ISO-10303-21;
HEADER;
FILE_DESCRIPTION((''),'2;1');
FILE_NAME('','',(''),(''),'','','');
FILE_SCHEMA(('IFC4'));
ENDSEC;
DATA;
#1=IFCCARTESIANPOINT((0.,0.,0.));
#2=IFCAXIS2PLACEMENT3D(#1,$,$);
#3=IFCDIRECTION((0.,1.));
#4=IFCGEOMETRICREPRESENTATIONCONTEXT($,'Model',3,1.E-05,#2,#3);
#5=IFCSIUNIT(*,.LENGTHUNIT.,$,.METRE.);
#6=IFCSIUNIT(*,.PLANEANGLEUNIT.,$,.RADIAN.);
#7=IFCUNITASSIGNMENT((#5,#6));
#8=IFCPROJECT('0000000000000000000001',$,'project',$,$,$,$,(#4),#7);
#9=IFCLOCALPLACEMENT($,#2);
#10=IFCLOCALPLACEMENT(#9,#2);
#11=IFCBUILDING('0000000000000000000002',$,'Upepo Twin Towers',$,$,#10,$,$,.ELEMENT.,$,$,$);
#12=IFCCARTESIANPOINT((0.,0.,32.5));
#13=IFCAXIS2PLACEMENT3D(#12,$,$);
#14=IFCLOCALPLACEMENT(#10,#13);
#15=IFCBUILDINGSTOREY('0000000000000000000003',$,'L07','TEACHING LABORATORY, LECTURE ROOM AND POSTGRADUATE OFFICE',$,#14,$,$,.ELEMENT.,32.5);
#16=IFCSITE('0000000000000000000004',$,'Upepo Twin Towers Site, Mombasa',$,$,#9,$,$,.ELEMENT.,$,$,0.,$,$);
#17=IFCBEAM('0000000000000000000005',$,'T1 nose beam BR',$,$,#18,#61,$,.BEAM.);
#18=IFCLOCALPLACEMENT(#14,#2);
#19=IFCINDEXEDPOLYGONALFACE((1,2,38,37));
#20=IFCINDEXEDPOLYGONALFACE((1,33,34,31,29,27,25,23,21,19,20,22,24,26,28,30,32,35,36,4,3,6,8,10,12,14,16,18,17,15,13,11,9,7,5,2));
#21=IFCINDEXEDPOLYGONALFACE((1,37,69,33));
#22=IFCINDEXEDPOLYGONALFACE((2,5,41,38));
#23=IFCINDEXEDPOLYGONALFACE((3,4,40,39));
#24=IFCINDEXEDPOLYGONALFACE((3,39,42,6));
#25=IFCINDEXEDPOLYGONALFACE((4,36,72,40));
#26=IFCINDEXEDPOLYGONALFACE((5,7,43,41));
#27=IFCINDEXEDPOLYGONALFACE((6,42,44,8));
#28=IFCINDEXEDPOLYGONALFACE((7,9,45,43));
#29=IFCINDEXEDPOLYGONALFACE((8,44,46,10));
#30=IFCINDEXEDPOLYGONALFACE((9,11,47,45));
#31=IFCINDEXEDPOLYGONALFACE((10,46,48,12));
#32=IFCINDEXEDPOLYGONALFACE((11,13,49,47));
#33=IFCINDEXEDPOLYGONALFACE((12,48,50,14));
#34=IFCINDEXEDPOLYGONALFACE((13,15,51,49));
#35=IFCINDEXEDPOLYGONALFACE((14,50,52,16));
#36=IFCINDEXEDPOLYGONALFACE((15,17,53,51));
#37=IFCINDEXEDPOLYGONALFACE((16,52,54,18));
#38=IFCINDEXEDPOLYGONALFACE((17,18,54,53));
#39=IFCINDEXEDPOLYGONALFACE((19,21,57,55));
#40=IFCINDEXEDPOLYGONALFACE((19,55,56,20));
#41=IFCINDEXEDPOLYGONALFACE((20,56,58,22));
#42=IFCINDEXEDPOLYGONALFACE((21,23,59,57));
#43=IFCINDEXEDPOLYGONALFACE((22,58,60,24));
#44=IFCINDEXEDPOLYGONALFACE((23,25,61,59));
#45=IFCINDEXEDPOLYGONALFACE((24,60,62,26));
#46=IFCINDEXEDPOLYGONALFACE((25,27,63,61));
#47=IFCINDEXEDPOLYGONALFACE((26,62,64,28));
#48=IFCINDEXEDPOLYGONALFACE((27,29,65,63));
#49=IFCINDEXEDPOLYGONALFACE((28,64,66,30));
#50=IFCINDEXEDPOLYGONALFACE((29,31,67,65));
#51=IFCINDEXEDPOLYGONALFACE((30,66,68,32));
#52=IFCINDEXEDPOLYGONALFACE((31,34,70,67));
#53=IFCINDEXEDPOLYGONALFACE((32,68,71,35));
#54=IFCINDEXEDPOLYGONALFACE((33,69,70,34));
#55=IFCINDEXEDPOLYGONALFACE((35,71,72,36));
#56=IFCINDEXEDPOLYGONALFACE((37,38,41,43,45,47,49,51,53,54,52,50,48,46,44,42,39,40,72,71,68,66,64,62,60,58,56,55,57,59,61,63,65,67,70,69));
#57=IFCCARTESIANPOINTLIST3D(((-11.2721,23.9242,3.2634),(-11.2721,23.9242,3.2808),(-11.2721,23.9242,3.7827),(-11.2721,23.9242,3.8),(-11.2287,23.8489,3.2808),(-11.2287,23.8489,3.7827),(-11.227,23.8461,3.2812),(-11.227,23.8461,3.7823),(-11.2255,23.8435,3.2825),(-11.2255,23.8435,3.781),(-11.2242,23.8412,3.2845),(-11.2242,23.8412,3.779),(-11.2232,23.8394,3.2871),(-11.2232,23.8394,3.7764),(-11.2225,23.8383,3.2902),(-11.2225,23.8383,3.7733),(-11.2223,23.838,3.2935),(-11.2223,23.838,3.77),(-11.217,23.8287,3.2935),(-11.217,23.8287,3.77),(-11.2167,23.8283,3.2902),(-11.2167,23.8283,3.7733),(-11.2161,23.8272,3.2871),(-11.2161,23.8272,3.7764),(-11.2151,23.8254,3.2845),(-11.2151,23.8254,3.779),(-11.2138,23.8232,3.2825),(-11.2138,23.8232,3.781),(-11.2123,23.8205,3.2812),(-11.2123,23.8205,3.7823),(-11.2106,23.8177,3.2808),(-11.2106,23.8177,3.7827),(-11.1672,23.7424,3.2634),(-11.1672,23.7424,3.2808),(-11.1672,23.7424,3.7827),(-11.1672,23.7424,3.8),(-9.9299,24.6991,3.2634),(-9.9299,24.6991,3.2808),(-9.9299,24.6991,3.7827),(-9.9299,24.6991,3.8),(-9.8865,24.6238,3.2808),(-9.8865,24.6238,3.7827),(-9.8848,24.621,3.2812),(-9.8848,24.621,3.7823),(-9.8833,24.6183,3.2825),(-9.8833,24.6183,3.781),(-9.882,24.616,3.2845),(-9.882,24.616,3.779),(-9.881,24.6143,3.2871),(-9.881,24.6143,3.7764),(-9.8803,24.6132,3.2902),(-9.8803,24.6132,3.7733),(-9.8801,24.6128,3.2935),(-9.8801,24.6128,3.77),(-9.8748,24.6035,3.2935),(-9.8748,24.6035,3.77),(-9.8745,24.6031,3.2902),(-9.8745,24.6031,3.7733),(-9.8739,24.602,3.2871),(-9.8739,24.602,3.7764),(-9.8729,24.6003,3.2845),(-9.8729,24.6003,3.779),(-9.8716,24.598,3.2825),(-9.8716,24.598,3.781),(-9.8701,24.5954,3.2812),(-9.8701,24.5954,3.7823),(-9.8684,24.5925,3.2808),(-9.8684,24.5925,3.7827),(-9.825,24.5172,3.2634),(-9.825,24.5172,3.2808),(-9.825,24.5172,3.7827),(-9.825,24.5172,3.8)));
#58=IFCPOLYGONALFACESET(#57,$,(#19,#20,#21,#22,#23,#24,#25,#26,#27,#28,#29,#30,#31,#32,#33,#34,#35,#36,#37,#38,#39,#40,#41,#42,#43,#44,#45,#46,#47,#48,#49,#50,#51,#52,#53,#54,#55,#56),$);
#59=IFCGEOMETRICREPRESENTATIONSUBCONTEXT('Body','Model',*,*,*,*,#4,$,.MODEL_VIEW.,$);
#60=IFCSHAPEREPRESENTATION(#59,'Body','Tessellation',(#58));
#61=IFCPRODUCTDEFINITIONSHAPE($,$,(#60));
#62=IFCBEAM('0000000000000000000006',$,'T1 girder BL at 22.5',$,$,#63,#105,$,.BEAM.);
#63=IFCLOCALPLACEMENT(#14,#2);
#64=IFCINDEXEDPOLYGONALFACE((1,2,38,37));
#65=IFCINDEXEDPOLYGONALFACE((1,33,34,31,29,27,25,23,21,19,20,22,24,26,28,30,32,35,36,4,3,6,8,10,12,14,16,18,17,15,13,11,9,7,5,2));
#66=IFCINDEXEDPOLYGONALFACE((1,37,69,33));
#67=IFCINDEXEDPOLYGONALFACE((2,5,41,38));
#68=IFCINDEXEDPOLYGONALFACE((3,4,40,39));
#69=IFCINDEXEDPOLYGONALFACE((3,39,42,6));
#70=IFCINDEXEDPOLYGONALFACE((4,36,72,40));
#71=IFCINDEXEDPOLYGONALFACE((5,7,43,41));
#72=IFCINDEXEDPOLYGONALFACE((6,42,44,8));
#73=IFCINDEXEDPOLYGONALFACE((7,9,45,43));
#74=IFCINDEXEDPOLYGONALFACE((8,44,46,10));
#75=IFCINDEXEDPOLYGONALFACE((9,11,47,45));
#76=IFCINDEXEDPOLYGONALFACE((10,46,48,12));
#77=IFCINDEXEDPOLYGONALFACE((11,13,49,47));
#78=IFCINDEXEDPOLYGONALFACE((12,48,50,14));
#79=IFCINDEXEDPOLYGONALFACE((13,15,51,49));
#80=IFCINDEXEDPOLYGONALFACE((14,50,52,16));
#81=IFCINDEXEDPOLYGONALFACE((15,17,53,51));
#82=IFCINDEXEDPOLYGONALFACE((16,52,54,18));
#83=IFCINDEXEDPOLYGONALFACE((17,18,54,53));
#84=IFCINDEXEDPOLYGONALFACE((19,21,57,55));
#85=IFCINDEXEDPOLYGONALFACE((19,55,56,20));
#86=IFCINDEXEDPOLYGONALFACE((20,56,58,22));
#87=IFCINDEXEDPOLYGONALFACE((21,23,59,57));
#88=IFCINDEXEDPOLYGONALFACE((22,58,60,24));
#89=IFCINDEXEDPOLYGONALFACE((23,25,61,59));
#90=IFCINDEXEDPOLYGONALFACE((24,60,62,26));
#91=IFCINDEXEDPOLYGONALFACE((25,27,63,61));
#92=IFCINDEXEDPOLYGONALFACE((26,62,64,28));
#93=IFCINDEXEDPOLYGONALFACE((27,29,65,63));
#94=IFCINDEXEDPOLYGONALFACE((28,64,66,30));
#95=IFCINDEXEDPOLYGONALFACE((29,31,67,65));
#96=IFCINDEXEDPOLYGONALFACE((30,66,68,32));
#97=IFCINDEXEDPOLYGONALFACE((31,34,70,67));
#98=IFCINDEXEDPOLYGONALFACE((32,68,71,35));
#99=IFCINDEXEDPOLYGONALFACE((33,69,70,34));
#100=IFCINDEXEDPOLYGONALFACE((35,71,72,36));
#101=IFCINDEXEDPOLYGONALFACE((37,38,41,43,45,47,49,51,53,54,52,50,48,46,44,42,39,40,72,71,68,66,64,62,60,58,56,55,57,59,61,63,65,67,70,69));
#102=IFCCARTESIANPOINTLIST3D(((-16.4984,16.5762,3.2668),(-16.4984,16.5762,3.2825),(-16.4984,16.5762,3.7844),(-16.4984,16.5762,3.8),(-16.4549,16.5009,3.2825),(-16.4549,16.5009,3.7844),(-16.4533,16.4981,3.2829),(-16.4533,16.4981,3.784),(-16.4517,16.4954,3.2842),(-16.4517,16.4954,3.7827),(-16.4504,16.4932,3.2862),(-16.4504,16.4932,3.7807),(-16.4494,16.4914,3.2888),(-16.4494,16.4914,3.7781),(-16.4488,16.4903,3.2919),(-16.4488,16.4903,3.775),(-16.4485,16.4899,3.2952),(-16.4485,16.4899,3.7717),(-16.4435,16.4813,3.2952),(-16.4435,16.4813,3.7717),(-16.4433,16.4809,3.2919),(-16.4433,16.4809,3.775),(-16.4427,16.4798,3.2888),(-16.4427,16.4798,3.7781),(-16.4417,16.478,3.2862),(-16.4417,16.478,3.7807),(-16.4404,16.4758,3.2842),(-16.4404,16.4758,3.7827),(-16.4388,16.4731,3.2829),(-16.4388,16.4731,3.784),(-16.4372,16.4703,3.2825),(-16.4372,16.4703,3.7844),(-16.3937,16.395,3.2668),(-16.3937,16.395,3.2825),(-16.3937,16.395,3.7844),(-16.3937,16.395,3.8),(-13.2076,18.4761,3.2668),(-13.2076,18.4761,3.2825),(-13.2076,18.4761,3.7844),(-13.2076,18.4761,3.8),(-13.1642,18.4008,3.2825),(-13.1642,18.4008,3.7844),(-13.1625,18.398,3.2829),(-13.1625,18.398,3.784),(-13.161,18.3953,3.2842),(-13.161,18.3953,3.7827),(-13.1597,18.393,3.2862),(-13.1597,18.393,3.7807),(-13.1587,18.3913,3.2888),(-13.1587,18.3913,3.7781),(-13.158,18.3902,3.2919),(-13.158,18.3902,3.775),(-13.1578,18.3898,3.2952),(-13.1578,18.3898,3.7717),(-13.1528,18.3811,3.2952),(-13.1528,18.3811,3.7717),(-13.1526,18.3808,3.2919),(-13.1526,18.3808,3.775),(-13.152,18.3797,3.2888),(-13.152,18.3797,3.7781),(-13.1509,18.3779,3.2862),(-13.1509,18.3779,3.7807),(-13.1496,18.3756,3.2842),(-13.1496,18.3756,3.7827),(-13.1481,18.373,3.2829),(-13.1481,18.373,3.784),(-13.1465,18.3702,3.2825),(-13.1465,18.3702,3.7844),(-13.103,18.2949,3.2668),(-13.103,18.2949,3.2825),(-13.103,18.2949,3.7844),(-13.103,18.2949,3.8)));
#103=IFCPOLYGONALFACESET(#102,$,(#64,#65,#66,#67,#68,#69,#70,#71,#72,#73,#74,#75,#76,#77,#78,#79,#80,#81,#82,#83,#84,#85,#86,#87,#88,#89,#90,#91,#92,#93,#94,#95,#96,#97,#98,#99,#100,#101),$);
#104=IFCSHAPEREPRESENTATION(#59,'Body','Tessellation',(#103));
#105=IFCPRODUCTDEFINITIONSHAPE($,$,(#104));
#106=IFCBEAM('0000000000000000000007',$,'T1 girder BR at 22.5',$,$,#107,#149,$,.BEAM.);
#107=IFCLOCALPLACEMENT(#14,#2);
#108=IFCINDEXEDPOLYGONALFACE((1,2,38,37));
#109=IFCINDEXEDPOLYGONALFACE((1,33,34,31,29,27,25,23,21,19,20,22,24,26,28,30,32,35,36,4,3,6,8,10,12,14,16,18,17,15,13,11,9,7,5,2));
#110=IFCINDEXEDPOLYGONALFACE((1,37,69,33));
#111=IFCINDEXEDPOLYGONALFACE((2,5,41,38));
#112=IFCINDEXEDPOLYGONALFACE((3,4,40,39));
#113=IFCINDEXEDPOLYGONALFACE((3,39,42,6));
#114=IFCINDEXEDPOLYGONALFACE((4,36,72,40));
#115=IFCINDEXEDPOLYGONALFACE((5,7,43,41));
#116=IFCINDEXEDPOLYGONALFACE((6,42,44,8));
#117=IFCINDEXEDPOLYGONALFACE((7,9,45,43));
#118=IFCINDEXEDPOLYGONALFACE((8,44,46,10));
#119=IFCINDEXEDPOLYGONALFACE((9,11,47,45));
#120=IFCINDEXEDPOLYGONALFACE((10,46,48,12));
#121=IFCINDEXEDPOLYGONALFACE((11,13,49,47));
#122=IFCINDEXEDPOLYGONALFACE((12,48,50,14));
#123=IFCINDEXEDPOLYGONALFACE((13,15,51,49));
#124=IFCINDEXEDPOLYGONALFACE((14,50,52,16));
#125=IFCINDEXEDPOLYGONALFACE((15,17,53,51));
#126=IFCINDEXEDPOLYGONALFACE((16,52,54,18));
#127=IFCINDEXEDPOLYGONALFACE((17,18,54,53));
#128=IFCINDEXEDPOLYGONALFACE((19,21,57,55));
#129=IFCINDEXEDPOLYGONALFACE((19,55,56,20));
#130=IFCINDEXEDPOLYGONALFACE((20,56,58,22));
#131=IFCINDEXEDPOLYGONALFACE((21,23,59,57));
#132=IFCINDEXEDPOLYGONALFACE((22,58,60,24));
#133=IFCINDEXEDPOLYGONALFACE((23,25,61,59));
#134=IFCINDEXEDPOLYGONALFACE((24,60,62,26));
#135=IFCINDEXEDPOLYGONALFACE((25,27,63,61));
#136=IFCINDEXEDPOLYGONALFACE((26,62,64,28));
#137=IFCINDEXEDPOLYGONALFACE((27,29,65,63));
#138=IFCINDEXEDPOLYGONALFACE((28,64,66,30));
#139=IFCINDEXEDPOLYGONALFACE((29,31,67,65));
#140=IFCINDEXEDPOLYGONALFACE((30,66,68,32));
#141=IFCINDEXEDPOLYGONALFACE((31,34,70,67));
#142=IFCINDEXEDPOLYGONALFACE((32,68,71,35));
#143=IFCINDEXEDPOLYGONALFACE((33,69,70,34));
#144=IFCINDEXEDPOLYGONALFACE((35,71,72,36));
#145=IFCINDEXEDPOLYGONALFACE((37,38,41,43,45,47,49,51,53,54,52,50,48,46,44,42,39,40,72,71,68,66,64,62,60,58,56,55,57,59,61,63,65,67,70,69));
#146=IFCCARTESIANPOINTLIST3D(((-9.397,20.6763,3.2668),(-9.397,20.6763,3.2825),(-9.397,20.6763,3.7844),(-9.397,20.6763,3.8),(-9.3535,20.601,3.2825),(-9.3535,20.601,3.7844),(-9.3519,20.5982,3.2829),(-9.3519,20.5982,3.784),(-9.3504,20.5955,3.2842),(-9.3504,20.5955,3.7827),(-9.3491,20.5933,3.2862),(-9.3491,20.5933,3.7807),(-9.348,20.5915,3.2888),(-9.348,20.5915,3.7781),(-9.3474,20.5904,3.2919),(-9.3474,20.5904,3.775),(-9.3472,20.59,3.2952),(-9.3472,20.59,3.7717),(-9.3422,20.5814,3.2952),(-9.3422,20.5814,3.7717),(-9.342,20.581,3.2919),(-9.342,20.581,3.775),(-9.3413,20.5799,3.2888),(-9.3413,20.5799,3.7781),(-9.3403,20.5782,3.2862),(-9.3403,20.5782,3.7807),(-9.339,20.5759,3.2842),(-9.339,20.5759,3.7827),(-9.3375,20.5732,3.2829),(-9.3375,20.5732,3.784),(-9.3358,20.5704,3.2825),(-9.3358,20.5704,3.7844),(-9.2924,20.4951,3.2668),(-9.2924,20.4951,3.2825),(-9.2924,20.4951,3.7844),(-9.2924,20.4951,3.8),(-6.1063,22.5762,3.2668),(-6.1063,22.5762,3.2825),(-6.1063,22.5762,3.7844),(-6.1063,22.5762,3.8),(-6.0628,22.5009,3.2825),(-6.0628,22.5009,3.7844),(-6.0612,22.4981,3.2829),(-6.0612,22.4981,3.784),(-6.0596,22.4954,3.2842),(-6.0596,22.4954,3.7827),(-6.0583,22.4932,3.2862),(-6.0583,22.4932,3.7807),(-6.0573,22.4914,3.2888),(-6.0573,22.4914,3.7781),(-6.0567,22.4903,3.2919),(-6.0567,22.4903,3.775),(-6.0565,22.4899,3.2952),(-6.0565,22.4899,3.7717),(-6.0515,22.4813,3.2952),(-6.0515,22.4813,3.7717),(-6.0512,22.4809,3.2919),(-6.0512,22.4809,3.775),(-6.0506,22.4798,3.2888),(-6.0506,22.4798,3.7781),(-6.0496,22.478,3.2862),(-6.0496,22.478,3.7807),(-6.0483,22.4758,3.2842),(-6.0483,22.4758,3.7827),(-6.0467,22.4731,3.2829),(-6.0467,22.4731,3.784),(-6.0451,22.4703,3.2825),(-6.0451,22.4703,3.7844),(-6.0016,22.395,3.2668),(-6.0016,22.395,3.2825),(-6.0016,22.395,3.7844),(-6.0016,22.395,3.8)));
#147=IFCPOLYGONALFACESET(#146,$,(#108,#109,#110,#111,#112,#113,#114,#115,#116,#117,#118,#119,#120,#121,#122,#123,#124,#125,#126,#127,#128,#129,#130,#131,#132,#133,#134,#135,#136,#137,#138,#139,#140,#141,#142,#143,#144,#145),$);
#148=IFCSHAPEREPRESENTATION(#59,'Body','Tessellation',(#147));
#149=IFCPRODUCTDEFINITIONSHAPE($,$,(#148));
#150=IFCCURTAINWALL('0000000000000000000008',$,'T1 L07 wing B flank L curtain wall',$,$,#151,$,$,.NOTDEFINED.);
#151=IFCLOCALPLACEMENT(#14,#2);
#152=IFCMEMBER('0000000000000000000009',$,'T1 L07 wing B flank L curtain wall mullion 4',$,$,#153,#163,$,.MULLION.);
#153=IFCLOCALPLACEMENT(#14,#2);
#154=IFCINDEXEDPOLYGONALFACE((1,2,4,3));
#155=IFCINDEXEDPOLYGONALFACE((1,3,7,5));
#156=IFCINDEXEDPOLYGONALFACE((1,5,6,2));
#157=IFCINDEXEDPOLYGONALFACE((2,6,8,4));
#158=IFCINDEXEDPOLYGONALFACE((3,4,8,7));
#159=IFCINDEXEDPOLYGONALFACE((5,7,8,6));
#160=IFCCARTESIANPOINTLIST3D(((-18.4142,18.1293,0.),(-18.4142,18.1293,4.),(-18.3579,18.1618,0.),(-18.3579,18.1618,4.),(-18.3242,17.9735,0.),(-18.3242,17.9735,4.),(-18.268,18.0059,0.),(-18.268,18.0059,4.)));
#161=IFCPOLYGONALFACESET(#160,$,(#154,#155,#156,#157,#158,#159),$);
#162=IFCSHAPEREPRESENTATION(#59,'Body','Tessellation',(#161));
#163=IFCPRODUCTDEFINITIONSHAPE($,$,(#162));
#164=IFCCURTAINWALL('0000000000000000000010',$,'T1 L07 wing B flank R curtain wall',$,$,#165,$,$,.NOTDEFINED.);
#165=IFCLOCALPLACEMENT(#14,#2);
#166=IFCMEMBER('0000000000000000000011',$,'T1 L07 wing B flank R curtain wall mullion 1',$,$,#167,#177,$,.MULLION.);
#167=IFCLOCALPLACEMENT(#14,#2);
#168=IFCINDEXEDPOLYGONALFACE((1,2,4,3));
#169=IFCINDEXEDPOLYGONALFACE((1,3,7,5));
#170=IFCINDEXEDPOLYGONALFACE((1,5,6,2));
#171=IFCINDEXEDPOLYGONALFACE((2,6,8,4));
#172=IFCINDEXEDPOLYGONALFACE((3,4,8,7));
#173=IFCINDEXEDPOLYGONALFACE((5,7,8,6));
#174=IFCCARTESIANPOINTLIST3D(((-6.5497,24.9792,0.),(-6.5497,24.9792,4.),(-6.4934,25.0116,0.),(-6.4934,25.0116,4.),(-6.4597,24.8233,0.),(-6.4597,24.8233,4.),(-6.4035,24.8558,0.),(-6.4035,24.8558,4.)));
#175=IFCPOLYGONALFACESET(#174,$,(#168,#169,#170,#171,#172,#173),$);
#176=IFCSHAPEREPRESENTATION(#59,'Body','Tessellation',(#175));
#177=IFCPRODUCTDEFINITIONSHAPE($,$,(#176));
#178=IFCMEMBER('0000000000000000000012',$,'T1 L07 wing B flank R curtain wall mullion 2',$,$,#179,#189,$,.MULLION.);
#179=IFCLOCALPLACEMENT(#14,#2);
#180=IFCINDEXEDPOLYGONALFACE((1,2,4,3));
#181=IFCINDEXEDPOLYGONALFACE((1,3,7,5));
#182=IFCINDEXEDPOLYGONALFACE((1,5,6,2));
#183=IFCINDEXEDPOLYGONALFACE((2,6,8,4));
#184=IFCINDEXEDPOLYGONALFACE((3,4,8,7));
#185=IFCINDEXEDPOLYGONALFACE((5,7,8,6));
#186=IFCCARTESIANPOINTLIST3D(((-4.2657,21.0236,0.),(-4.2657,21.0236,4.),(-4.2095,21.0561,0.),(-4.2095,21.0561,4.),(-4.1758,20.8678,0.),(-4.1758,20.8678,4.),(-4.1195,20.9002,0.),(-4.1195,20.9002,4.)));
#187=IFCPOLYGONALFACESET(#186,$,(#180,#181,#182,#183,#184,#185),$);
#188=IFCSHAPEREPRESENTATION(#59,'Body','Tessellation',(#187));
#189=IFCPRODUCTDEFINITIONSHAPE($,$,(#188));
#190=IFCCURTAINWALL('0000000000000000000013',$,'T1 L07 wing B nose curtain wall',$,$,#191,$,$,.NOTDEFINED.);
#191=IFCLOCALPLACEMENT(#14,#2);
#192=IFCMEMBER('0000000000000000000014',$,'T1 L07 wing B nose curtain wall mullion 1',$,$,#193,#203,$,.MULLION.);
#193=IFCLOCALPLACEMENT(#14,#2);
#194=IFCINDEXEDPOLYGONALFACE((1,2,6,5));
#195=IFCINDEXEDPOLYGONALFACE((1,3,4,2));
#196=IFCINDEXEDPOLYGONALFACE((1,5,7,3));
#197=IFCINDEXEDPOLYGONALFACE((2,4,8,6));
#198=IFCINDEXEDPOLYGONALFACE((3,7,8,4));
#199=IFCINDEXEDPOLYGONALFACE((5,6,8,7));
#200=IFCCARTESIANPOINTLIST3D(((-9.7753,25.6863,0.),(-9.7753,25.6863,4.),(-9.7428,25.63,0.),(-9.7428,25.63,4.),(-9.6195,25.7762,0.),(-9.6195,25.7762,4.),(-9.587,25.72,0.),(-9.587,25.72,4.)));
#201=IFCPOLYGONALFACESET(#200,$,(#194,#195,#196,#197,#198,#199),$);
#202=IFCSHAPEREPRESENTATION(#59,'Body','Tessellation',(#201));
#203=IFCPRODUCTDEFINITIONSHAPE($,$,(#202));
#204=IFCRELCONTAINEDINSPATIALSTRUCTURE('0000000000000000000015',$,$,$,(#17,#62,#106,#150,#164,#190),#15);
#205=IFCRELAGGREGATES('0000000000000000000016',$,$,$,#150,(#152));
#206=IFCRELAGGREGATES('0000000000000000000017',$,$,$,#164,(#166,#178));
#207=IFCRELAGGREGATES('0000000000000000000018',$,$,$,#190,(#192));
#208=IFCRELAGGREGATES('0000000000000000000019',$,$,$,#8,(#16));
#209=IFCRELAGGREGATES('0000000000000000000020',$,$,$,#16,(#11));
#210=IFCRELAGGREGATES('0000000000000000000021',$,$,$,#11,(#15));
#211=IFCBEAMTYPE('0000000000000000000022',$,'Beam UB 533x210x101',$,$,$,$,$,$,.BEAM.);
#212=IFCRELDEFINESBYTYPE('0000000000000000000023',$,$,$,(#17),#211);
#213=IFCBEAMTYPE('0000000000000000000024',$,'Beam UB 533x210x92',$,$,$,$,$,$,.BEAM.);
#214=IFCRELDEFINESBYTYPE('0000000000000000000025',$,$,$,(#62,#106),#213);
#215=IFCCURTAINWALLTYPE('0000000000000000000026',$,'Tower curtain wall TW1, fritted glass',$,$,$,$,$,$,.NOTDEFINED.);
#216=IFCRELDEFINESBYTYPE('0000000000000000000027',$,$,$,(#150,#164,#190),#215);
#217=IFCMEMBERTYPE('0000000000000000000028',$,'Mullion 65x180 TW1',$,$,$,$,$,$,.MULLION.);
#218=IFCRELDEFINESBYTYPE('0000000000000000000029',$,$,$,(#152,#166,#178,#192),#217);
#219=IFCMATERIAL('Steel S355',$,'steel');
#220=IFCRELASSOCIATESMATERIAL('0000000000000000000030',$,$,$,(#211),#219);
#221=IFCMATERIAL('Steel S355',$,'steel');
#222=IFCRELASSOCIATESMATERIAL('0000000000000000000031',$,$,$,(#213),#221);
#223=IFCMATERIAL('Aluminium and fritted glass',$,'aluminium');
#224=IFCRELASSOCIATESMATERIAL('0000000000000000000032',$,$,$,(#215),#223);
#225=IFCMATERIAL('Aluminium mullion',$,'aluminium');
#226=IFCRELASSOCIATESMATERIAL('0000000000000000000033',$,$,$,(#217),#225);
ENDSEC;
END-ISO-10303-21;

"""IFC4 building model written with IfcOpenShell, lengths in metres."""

from ifc_helpers import new_model, si_unit, direction, frame, origin, origin_2d, place, context, subcontext, project, spatial, rectangle, i_section, extrude, material, material_profile, profile_set, type_object, element, aggregate, save


model = new_model("IFC4")

# Units and contexts
model_context = context("Model", 3, precision=1e-05, world=origin(), true_north=direction((0.0, 1.0)))
body_context = subcontext(model_context, "Body", "Model", "MODEL_VIEW")
ifc_project = project(units=[si_unit("LENGTHUNIT", "METRE"), si_unit("PLANEANGLEUNIT", "RADIAN")], contexts=[model_context])

# Site, building, storey
site_placement = place(None, origin())
site = spatial("IfcSite", under=ifc_project, at=site_placement, Name="Upepo Twin Towers Site, Mombasa", CompositionType="ELEMENT", RefElevation=0.0)
building_placement = place(site_placement, origin())
building = spatial("IfcBuilding", under=site, at=building_placement, Name="Upepo Twin Towers", CompositionType="ELEMENT")
storey_placement = place(building_placement, frame((0.0, 0.0, 32.5)))
storey = spatial("IfcBuildingStorey", under=building, at=storey_placement, Name="L07", Description="TEACHING LABORATORY, LECTURE ROOM AND POSTGRADUATE OFFICE", CompositionType="ELEMENT", Elevation=32.5)

# Beams
ifc_material_1 = material(Name="Steel S355", Category="steel")
ifc_material_profile_1 = material_profile(ifc_material_1, i_section(OverallWidth=0.21, OverallDepth=0.5366, WebThickness=0.0107, FlangeThickness=0.0173, FilletRadius=0.0127, at=origin_2d()), Name="UB 533x210x101")
ifc_profile_set_1 = profile_set([ifc_material_profile_1], Name="Steel S355")
beam_type_1 = type_object("IfcBeamType", Name="Beam UB 533x210x101", PredefinedType="BEAM", material=ifc_profile_set_1)
for number, where, z_axis, x_axis, name in (
    (1, (-9.8774, 24.6082, 3.5317), (-0.866044, -0.499968, 0.0), (0.499968, -0.866044, 0.0), "T1 nose beam BR"),
):
    element("IfcBeam", number, at=place(storey_placement, frame(where, z_axis=z_axis, x_axis=x_axis)), inside=storey, type_object=beam_type_1, Name=name, PredefinedType="BEAM", context=body_context, shape_type="SweptSolid", body=[
        extrude(i_section(OverallWidth=0.21, OverallDepth=0.5366, WebThickness=0.0107, FlangeThickness=0.0173, FilletRadius=0.0127, at=origin_2d()), origin(), (0.0, 0.0, 1.0), 1.5498),
    ])
ifc_material_2 = material(Name="Steel S355", Category="steel")
ifc_material_profile_2 = material_profile(ifc_material_2, i_section(OverallWidth=0.2092, OverallDepth=0.5332, WebThickness=0.01, FlangeThickness=0.0156, FilletRadius=0.0127, at=origin_2d()), Name="UB 533x210x92")
ifc_profile_set_2 = profile_set([ifc_material_profile_2], Name="Steel S355")
beam_type_2 = type_object("IfcBeamType", Name="Beam UB 533x210x92", PredefinedType="BEAM", material=ifc_profile_set_2)
for number, where, z_axis, x_axis, name in (
    (2, (-16.446, 16.4856, 3.5334), (0.866028, 0.499995, 0.0), (-0.499995, 0.866028, 0.0), "T1 girder BL at 22.5"),
    (3, (-6.054, 22.4856, 3.5334), (-0.866028, -0.499995, 0.0), (0.499995, -0.866028, 0.0), "T1 girder BR at 22.5"),
):
    element("IfcBeam", number, at=place(storey_placement, frame(where, z_axis=z_axis, x_axis=x_axis)), inside=storey, type_object=beam_type_2, Name=name, PredefinedType="BEAM", context=body_context, shape_type="SweptSolid", body=[
        extrude(i_section(OverallWidth=0.2092, OverallDepth=0.5332, WebThickness=0.01, FlangeThickness=0.0156, FilletRadius=0.0127, at=origin_2d()), origin(), (0.0, 0.0, 1.0), 3.7998),
    ])

# Curtain wall, member
ifc_material_3 = material(Name="Aluminium and fritted glass", Category="aluminium")
curtain_wall_type = type_object("IfcCurtainWallType", Name="Tower curtain wall TW1, fritted glass", PredefinedType="NOTDEFINED", material=ifc_material_3)
curtain_wall_1_placement = place(storey_placement, origin())
curtain_wall_1 = element("IfcCurtainWall", 4, at=curtain_wall_1_placement, inside=storey, type_object=curtain_wall_type, Name="T1 L07 wing B flank L curtain wall", PredefinedType="NOTDEFINED")
ifc_material_4 = material(Name="Aluminium mullion", Category="aluminium")
ifc_material_profile_3 = material_profile(ifc_material_4, rectangle(XDim=0.0649, YDim=0.1799, at=origin_2d()), Name="MULLION 65x180")
ifc_profile_set_3 = profile_set([ifc_material_profile_3], Name="Aluminium mullion")
member_type_1 = type_object("IfcMemberType", Name="Mullion 65x180 TW1", PredefinedType="MULLION", material=ifc_profile_set_3)
member_1_placement = place(storey_placement, frame((-18.3411, 18.0676, 0.0), z_axis=(0.0, 0.0, 1.0), x_axis=(-0.866025, -0.5, 0.0)))
member_1 = element("IfcMember", 5, at=member_1_placement, type_object=member_type_1, Name="T1 L07 wing B flank L curtain wall mullion 4", PredefinedType="MULLION", context=body_context, shape_type="SweptSolid", body=[
    extrude(rectangle(XDim=0.0649, YDim=0.1799, at=origin_2d()), origin(), (0.0, 0.0, 1.0), 4.0),
])

# Curtain walls, members
curtain_wall_2_placement = place(storey_placement, origin())
curtain_wall_2 = element("IfcCurtainWall", 6, at=curtain_wall_2_placement, inside=storey, type_object=curtain_wall_type, Name="T1 L07 wing B flank R curtain wall", PredefinedType="NOTDEFINED")
member_2_placement = place(storey_placement, frame((-6.4766, 24.9175, 0.0), z_axis=(0.0, 0.0, 1.0), x_axis=(0.866025, 0.5, 0.0)))
member_2 = element("IfcMember", 7, at=member_2_placement, type_object=member_type_1, Name="T1 L07 wing B flank R curtain wall mullion 1", PredefinedType="MULLION", context=body_context, shape_type="SweptSolid", body=[
    extrude(rectangle(XDim=0.0649, YDim=0.1799, at=origin_2d()), origin(), (0.0, 0.0, 1.0), 4.0),
])
member_3_placement = place(storey_placement, frame((-4.1926, 20.9619, 0.0), z_axis=(0.0, 0.0, 1.0), x_axis=(0.866025, 0.5, 0.0)))
member_3 = element("IfcMember", 8, at=member_3_placement, type_object=member_type_1, Name="T1 L07 wing B flank R curtain wall mullion 2", PredefinedType="MULLION", context=body_context, shape_type="SweptSolid", body=[
    extrude(rectangle(XDim=0.0649, YDim=0.1799, at=origin_2d()), origin(), (0.0, 0.0, 1.0), 4.0),
])
curtain_wall_3_placement = place(storey_placement, origin())
curtain_wall_3 = element("IfcCurtainWall", 9, at=curtain_wall_3_placement, inside=storey, type_object=curtain_wall_type, Name="T1 L07 wing B nose curtain wall", PredefinedType="NOTDEFINED")
member_4_placement = place(storey_placement, frame((-9.6812, 25.7031, 0.0), z_axis=(0.0, 0.0, 1.0), x_axis=(0.5, -0.866025, 0.0)))
member_4 = element("IfcMember", 10, at=member_4_placement, type_object=member_type_1, Name="T1 L07 wing B nose curtain wall mullion 1", PredefinedType="MULLION", context=body_context, shape_type="SweptSolid", body=[
    extrude(rectangle(XDim=0.0649, YDim=0.1799, at=origin_2d()), origin(), (0.0, 0.0, 1.0), 4.0),
])

aggregate(curtain_wall_1, [member_1])
aggregate(curtain_wall_2, [member_2, member_3])
aggregate(curtain_wall_3, [member_4])

save(model, "model.ifc")
